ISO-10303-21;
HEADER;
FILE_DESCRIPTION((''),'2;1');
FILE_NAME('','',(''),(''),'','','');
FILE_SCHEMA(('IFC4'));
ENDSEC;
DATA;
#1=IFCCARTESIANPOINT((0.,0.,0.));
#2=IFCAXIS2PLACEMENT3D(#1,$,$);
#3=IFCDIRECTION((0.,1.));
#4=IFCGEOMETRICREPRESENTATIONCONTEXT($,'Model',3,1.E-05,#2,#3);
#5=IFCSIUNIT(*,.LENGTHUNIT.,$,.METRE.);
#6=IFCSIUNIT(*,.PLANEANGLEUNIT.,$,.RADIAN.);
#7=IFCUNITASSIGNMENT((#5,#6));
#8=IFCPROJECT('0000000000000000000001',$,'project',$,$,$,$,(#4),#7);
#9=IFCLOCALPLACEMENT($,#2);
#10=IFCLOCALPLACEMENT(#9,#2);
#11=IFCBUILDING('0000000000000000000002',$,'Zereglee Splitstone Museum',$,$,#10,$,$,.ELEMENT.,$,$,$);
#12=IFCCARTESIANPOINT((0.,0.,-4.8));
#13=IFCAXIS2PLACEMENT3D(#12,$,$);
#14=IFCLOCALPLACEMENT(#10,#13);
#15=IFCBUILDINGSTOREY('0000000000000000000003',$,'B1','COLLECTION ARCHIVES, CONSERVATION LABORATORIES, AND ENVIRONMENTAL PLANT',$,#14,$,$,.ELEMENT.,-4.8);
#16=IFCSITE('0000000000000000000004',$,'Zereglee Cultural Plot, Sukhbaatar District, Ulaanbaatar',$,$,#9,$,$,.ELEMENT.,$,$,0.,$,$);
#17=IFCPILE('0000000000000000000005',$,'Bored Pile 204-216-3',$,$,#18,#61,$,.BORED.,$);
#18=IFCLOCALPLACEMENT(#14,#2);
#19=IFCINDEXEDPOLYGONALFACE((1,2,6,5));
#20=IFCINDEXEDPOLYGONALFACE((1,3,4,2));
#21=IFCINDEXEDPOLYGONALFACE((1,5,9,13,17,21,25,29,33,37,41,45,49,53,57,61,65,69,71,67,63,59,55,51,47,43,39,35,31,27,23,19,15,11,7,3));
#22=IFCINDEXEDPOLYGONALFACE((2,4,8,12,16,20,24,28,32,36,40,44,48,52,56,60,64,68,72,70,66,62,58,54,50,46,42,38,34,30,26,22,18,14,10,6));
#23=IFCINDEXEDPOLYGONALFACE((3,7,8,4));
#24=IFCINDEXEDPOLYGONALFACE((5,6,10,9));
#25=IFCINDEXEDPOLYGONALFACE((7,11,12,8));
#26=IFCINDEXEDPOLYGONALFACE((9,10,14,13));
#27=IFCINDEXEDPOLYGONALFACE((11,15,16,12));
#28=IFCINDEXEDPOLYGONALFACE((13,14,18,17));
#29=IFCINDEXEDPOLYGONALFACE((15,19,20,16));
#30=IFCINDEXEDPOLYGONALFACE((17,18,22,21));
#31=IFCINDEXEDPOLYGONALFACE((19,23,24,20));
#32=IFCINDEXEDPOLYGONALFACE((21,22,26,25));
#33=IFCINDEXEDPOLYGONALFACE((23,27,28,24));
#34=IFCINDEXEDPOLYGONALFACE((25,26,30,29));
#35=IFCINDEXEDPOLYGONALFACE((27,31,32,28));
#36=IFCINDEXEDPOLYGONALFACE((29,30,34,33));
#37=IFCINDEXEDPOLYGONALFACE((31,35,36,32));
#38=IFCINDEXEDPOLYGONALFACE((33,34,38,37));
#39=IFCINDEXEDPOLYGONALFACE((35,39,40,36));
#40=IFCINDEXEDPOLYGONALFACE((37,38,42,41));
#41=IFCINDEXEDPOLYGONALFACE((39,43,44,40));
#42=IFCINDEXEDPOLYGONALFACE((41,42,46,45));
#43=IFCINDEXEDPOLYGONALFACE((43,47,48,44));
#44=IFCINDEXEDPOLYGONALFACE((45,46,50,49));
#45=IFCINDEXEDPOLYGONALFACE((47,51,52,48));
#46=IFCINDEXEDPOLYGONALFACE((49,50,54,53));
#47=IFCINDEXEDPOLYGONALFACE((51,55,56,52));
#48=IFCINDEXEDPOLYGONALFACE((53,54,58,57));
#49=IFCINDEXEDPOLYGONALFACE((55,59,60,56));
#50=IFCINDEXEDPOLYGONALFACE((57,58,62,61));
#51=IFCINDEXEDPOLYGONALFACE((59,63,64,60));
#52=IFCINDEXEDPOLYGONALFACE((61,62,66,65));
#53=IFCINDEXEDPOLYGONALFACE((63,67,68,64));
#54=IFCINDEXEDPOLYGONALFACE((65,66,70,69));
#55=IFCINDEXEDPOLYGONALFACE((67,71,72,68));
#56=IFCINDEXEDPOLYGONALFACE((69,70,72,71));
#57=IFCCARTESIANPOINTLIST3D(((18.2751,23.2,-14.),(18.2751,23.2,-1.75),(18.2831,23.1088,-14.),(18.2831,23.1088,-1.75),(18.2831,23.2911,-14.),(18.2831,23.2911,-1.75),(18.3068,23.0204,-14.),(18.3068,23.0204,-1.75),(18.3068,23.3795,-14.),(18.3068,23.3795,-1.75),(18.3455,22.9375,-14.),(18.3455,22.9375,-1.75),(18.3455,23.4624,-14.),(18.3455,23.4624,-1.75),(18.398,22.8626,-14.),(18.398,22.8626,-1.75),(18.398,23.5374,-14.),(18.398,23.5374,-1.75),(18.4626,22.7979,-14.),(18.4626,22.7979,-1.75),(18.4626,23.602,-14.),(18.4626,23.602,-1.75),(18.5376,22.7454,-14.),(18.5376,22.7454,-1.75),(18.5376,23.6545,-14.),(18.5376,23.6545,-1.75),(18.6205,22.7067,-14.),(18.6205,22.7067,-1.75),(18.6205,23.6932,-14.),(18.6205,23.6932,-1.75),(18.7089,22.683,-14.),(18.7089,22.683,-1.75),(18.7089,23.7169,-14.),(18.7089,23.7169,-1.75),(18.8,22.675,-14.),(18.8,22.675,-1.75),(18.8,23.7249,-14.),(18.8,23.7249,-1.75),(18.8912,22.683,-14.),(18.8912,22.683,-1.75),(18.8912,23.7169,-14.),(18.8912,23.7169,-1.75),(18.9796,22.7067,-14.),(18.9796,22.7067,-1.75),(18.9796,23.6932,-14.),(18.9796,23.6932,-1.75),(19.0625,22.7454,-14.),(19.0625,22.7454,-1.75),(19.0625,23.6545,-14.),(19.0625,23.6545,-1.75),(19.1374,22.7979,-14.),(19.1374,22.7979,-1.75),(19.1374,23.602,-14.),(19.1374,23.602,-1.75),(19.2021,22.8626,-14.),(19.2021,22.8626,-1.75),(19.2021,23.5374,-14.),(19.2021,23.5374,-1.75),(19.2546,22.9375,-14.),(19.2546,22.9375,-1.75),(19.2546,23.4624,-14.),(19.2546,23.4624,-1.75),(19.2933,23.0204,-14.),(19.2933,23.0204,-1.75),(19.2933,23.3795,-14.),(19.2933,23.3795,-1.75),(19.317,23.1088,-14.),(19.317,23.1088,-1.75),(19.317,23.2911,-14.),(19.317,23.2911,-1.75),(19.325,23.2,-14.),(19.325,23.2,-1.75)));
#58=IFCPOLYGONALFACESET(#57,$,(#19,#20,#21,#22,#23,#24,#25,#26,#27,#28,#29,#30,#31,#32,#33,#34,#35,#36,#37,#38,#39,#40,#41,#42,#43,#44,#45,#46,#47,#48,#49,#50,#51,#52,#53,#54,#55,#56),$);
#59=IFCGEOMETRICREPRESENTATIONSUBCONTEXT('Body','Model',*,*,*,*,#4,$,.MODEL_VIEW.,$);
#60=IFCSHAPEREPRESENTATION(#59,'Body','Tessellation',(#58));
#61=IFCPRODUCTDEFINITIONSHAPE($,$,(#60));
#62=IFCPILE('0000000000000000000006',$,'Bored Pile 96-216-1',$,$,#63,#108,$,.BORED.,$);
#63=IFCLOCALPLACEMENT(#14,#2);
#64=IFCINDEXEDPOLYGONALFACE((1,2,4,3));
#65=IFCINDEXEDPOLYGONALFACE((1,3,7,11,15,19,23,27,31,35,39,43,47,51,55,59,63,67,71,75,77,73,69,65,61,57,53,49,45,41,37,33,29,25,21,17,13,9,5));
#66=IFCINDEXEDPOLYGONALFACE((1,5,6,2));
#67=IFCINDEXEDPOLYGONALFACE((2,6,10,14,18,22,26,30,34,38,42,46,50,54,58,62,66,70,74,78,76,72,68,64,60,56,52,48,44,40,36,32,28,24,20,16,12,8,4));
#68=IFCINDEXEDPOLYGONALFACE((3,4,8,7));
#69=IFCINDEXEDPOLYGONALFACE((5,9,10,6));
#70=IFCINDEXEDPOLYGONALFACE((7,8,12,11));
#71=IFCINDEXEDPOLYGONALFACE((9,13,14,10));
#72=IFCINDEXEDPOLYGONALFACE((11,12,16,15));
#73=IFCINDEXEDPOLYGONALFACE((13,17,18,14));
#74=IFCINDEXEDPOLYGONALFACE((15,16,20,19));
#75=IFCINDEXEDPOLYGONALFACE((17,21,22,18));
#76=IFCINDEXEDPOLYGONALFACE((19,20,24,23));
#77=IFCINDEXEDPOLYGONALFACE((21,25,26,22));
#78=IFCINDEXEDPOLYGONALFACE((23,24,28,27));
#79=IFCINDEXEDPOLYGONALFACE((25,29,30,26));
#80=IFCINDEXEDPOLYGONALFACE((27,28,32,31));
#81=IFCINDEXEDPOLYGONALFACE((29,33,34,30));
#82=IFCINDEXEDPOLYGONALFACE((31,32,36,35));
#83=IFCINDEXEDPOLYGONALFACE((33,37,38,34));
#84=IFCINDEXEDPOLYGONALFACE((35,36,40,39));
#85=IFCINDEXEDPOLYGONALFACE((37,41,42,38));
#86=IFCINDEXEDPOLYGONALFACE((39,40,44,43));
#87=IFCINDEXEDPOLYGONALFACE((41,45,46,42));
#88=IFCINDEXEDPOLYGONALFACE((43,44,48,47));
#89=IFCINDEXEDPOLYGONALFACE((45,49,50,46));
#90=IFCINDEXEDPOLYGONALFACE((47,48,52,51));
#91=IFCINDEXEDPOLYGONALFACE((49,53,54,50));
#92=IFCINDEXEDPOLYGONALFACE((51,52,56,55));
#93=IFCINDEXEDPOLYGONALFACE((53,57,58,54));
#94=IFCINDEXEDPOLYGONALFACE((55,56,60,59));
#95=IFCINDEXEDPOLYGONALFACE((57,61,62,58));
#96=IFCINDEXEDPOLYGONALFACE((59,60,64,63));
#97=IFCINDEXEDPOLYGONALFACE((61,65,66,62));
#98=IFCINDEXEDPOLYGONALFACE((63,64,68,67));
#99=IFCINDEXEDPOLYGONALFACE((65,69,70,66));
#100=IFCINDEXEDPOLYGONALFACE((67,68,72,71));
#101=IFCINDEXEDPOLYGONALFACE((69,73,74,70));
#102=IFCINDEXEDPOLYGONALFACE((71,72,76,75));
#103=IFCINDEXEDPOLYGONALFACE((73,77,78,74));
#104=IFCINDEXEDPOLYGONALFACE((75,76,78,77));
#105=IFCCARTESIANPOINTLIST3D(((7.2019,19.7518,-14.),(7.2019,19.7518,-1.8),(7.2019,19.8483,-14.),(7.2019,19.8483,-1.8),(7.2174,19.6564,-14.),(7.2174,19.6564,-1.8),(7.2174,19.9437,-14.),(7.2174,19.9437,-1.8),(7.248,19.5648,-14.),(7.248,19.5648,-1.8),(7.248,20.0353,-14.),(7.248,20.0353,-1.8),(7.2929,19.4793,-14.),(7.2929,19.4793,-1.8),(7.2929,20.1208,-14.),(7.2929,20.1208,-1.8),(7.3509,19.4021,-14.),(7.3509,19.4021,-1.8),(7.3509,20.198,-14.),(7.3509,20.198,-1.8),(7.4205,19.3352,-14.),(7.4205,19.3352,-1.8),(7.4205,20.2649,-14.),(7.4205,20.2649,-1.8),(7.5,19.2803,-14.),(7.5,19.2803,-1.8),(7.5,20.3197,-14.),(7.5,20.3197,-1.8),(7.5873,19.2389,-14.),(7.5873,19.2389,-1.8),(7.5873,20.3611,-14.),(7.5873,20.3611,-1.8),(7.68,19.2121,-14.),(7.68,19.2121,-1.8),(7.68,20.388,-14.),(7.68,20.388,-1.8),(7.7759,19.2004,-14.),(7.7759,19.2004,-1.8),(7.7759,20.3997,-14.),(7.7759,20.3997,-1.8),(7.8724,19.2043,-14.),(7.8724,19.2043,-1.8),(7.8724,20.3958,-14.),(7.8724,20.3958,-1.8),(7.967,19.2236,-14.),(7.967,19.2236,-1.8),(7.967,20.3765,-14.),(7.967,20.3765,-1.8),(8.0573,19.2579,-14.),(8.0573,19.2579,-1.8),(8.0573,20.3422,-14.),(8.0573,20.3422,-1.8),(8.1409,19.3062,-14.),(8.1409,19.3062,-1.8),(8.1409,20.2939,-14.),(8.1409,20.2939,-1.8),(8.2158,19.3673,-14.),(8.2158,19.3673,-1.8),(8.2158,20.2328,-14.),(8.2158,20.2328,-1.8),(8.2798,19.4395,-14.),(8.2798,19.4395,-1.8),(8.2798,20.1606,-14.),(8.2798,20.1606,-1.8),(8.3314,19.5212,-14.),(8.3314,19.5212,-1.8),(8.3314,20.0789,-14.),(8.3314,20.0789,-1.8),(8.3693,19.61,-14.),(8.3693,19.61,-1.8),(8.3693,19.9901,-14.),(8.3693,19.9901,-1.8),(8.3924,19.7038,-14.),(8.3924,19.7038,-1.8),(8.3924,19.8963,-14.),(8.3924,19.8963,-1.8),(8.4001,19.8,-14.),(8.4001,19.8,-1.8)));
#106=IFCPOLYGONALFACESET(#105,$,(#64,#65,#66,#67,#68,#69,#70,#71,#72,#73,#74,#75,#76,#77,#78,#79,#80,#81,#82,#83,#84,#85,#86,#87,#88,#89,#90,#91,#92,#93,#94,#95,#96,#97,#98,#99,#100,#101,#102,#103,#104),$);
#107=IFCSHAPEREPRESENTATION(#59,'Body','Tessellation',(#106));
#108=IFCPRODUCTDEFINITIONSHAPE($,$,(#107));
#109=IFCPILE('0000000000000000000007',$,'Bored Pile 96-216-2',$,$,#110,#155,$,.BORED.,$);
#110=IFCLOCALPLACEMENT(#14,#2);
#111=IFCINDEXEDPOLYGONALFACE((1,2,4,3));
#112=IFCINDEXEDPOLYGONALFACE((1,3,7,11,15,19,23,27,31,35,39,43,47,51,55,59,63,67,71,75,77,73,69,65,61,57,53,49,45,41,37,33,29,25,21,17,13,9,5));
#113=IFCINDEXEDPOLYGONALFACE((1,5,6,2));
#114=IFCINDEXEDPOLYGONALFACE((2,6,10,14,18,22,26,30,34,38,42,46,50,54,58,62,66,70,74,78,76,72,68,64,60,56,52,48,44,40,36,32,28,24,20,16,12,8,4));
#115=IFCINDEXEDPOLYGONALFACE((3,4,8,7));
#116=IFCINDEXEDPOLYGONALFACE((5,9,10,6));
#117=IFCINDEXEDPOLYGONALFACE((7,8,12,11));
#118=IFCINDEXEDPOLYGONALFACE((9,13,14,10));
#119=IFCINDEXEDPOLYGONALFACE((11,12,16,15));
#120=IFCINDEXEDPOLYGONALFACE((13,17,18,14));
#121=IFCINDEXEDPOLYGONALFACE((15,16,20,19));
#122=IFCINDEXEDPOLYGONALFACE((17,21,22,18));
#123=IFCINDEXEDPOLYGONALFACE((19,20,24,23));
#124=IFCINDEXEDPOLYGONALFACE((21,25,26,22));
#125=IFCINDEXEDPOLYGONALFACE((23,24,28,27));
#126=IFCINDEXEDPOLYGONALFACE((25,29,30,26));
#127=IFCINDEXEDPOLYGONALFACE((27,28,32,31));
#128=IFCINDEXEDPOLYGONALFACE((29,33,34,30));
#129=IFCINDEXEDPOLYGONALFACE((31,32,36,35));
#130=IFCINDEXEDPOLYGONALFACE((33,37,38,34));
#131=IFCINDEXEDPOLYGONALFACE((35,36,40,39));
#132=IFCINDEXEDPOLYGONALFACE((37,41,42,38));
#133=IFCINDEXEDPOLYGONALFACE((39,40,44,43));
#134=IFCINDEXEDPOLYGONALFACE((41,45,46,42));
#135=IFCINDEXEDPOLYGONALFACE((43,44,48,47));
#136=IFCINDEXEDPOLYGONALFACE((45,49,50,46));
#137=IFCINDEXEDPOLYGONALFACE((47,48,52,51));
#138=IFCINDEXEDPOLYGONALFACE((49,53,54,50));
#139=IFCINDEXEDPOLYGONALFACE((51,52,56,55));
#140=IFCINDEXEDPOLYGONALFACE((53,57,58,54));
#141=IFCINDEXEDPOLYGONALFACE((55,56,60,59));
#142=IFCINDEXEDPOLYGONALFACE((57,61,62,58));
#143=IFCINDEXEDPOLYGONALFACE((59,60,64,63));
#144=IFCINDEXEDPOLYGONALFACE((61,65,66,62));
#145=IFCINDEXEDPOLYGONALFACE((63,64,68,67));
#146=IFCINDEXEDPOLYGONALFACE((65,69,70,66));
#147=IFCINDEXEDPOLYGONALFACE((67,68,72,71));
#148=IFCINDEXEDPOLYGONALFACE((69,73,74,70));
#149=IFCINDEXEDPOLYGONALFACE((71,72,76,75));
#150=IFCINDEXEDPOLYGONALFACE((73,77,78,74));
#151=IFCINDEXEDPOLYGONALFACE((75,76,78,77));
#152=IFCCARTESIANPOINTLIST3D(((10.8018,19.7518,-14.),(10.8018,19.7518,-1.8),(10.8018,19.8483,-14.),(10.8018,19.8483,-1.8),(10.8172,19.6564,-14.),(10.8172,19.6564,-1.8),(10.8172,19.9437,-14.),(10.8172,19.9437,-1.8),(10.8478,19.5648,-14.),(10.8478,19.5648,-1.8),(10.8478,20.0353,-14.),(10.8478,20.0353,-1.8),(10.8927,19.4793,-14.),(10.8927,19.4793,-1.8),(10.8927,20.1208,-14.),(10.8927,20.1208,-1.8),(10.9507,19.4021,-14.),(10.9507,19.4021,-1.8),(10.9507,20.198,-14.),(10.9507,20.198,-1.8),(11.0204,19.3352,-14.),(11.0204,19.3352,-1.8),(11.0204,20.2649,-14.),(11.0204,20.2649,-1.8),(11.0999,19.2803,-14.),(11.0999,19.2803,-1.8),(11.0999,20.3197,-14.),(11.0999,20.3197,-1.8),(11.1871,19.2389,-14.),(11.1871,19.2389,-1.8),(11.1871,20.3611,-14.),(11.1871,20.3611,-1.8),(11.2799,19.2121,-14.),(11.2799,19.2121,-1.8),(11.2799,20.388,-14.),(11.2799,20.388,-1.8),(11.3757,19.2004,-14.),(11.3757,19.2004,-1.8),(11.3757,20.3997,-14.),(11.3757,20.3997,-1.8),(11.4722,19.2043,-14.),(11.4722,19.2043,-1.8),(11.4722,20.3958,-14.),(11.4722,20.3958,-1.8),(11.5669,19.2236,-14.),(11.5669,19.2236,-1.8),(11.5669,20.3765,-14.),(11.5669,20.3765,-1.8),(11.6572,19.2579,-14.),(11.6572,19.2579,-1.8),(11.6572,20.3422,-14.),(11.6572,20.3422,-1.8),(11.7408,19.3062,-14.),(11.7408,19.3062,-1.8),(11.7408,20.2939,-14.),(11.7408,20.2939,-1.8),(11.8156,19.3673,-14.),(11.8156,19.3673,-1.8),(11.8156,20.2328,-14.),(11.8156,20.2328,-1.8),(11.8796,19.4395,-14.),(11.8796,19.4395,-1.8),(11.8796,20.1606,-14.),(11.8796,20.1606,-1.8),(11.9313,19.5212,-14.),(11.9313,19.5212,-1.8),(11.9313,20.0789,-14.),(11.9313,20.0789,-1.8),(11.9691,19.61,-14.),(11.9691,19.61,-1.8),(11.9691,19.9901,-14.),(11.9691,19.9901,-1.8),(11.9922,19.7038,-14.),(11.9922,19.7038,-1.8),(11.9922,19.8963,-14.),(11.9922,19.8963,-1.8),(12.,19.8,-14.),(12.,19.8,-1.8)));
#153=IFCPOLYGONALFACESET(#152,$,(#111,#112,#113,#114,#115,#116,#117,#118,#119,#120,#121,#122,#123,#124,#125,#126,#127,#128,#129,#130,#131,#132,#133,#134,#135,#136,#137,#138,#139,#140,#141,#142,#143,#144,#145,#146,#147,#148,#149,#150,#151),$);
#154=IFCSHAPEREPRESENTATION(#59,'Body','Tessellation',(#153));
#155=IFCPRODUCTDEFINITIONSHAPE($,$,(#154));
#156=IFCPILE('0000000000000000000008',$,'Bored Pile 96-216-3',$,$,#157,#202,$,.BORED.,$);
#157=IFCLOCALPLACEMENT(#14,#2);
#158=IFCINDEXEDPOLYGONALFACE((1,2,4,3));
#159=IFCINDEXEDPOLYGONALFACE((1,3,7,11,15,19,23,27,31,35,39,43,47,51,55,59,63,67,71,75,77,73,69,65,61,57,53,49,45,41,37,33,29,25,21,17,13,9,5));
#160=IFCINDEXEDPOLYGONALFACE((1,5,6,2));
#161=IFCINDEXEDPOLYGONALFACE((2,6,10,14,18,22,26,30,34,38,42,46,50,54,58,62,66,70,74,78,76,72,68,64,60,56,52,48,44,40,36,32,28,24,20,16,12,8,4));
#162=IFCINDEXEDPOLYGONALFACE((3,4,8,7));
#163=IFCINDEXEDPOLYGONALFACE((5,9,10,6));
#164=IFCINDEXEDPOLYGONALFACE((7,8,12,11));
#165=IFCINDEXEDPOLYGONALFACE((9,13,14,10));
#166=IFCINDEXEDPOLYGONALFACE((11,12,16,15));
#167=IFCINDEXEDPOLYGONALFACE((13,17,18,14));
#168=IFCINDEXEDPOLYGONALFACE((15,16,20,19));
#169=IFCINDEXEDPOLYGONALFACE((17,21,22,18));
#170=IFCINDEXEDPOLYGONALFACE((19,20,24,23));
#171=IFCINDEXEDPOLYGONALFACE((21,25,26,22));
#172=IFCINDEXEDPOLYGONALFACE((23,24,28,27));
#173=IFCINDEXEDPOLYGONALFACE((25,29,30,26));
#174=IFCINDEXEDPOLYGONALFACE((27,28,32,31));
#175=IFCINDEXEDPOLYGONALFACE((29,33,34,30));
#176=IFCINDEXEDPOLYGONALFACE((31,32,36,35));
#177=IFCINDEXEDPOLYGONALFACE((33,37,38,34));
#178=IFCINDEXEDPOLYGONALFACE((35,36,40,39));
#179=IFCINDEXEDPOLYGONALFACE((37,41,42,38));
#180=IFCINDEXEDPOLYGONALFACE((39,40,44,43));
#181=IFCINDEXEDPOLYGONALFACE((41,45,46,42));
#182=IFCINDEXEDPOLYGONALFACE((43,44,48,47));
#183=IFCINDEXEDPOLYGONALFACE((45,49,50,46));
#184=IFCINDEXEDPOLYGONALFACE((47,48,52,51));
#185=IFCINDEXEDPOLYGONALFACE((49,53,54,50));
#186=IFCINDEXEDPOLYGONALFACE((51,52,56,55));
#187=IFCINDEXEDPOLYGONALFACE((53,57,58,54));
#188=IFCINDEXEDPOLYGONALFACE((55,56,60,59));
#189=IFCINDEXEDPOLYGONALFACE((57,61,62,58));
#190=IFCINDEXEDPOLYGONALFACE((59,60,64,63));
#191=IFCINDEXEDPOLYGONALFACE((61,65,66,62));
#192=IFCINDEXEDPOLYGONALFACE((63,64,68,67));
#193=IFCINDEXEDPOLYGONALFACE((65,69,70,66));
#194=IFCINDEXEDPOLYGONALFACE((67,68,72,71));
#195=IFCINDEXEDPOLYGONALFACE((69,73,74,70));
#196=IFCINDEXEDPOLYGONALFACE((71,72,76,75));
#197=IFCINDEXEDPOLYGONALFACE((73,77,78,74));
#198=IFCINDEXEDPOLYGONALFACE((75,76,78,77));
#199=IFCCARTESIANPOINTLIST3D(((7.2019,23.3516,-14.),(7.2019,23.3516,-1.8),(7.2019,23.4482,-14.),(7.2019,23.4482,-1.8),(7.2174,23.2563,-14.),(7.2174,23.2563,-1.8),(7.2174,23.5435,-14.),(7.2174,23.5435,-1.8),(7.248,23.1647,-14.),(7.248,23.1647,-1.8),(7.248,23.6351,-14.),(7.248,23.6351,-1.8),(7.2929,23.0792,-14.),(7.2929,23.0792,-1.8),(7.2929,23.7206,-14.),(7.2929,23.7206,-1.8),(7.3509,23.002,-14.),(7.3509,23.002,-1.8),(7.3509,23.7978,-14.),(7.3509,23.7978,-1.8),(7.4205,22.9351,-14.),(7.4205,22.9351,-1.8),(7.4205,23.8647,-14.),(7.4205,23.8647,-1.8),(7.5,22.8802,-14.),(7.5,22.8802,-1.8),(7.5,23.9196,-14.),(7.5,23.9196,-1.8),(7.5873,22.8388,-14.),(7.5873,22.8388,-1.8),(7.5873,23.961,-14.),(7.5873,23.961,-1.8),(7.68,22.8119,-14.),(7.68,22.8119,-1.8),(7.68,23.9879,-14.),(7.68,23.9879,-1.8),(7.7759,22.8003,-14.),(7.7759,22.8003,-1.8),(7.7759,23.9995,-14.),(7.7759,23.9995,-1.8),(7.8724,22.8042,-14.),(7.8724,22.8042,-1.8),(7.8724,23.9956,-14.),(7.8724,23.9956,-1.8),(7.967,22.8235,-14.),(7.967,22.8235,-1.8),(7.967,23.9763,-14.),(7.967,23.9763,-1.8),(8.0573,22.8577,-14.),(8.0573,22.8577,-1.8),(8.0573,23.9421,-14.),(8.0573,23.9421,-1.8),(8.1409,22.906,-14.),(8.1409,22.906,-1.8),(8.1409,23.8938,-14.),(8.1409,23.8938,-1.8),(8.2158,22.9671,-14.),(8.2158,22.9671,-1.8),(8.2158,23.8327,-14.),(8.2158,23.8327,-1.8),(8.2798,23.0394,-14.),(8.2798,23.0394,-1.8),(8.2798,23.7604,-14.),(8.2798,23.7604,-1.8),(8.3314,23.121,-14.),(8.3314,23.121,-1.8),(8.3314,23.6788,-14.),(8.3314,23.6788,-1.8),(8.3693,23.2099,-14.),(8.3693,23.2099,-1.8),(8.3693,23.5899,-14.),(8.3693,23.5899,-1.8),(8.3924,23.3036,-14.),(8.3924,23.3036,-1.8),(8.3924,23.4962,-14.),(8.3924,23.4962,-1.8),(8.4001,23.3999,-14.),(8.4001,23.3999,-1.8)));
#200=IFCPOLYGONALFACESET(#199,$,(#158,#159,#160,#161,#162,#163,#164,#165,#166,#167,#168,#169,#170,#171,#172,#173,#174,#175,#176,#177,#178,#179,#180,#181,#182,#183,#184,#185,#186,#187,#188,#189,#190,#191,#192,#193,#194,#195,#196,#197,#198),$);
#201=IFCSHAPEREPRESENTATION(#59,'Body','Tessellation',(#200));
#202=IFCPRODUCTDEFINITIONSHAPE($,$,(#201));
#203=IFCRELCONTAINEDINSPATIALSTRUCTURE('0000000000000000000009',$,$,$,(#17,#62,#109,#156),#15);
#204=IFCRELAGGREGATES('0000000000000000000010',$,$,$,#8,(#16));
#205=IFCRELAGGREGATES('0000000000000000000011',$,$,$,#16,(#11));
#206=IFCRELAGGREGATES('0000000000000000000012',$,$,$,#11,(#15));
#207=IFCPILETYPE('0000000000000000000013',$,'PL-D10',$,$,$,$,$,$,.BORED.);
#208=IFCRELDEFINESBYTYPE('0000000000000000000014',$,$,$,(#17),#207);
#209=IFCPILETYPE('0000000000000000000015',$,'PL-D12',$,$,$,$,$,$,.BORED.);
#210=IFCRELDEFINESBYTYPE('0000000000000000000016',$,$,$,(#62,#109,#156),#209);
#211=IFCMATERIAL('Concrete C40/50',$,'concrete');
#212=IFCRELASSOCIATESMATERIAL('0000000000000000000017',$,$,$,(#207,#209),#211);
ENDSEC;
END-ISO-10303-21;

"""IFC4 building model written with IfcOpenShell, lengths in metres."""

from ifc_helpers import new_model, si_unit, direction, frame, origin, origin_2d, place, context, subcontext, project, spatial, circle, extrude, material, material_profile, profile_set, type_object, element, save


model = new_model("IFC4")

# Units and contexts
model_context = context("Model", 3, precision=1e-05, world=origin(), true_north=direction((0.0, 1.0)))
body_context = subcontext(model_context, "Body", "Model", "MODEL_VIEW")
ifc_project = project(units=[si_unit("LENGTHUNIT", "METRE"), si_unit("PLANEANGLEUNIT", "RADIAN")], contexts=[model_context])

# Site, building, storey
site_placement = place(None, origin())
site = spatial("IfcSite", under=ifc_project, at=site_placement, Name="Zereglee Cultural Plot, Sukhbaatar District, Ulaanbaatar", CompositionType="ELEMENT", RefElevation=0.0)
building_placement = place(site_placement, origin())
building = spatial("IfcBuilding", under=site, at=building_placement, Name="Zereglee Splitstone Museum", CompositionType="ELEMENT")
storey_placement = place(building_placement, frame((0.0, 0.0, -4.8)))
storey = spatial("IfcBuildingStorey", under=building, at=storey_placement, Name="B1", Description="COLLECTION ARCHIVES, CONSERVATION LABORATORIES, AND ENVIRONMENTAL PLANT", CompositionType="ELEMENT", Elevation=-4.8)

# Shared definitions
ifc_material_1 = material(Name="Concrete C40/50", Category="concrete")

# Piles
ifc_material_profile_1 = material_profile(ifc_material_1, circle(Radius=0.5249, at=origin_2d()), Name="PILE D1050")
ifc_profile_set_1 = profile_set([ifc_material_profile_1], Name="Concrete C40/50")
pile_type_1 = type_object("IfcPileType", Name="PL-D10", PredefinedType="BORED", material=ifc_profile_set_1)
for number, where, z_axis, x_axis, name in (
    (1, (18.8, 23.2, -1.75), (0.0, 0.0, -1.0), (1.0, 0.0, 0.0), "Bored Pile 204-216-3"),
):
    element("IfcPile", number, at=place(storey_placement, frame(where, z_axis=z_axis, x_axis=x_axis)), inside=storey, type_object=pile_type_1, Name=name, PredefinedType="BORED", context=body_context, shape_type="SweptSolid", body=[
        extrude(circle(Radius=0.5249, at=origin_2d()), origin(), (0.0, 0.0, 1.0), 12.25),
    ])
ifc_material_profile_2 = material_profile(ifc_material_1, circle(Radius=0.6001, at=origin_2d()), Name="PILE D1200")
ifc_profile_set_2 = profile_set([ifc_material_profile_2], Name="Concrete C40/50")
pile_type_2 = type_object("IfcPileType", Name="PL-D12", PredefinedType="BORED", material=ifc_profile_set_2)
for number, where, z_axis, x_axis, name in (
    (2, (7.8, 19.8, -1.8), (0.0, 0.0, -1.0), (1.0, 0.0, 0.0), "Bored Pile 96-216-1"),
    (3, (11.3999, 19.8, -1.8), (0.0, 0.0, -1.0), (1.0, 0.0, 0.0), "Bored Pile 96-216-2"),
    (4, (7.8, 23.3999, -1.8), (0.0, 0.0, -1.0), (1.0, 0.0, 0.0), "Bored Pile 96-216-3"),
):
    element("IfcPile", number, at=place(storey_placement, frame(where, z_axis=z_axis, x_axis=x_axis)), inside=storey, type_object=pile_type_2, Name=name, PredefinedType="BORED", context=body_context, shape_type="SweptSolid", body=[
        extrude(circle(Radius=0.6001, at=origin_2d()), origin(), (0.0, 0.0, 1.0), 12.2),
    ])

save(model, "model.ifc")
